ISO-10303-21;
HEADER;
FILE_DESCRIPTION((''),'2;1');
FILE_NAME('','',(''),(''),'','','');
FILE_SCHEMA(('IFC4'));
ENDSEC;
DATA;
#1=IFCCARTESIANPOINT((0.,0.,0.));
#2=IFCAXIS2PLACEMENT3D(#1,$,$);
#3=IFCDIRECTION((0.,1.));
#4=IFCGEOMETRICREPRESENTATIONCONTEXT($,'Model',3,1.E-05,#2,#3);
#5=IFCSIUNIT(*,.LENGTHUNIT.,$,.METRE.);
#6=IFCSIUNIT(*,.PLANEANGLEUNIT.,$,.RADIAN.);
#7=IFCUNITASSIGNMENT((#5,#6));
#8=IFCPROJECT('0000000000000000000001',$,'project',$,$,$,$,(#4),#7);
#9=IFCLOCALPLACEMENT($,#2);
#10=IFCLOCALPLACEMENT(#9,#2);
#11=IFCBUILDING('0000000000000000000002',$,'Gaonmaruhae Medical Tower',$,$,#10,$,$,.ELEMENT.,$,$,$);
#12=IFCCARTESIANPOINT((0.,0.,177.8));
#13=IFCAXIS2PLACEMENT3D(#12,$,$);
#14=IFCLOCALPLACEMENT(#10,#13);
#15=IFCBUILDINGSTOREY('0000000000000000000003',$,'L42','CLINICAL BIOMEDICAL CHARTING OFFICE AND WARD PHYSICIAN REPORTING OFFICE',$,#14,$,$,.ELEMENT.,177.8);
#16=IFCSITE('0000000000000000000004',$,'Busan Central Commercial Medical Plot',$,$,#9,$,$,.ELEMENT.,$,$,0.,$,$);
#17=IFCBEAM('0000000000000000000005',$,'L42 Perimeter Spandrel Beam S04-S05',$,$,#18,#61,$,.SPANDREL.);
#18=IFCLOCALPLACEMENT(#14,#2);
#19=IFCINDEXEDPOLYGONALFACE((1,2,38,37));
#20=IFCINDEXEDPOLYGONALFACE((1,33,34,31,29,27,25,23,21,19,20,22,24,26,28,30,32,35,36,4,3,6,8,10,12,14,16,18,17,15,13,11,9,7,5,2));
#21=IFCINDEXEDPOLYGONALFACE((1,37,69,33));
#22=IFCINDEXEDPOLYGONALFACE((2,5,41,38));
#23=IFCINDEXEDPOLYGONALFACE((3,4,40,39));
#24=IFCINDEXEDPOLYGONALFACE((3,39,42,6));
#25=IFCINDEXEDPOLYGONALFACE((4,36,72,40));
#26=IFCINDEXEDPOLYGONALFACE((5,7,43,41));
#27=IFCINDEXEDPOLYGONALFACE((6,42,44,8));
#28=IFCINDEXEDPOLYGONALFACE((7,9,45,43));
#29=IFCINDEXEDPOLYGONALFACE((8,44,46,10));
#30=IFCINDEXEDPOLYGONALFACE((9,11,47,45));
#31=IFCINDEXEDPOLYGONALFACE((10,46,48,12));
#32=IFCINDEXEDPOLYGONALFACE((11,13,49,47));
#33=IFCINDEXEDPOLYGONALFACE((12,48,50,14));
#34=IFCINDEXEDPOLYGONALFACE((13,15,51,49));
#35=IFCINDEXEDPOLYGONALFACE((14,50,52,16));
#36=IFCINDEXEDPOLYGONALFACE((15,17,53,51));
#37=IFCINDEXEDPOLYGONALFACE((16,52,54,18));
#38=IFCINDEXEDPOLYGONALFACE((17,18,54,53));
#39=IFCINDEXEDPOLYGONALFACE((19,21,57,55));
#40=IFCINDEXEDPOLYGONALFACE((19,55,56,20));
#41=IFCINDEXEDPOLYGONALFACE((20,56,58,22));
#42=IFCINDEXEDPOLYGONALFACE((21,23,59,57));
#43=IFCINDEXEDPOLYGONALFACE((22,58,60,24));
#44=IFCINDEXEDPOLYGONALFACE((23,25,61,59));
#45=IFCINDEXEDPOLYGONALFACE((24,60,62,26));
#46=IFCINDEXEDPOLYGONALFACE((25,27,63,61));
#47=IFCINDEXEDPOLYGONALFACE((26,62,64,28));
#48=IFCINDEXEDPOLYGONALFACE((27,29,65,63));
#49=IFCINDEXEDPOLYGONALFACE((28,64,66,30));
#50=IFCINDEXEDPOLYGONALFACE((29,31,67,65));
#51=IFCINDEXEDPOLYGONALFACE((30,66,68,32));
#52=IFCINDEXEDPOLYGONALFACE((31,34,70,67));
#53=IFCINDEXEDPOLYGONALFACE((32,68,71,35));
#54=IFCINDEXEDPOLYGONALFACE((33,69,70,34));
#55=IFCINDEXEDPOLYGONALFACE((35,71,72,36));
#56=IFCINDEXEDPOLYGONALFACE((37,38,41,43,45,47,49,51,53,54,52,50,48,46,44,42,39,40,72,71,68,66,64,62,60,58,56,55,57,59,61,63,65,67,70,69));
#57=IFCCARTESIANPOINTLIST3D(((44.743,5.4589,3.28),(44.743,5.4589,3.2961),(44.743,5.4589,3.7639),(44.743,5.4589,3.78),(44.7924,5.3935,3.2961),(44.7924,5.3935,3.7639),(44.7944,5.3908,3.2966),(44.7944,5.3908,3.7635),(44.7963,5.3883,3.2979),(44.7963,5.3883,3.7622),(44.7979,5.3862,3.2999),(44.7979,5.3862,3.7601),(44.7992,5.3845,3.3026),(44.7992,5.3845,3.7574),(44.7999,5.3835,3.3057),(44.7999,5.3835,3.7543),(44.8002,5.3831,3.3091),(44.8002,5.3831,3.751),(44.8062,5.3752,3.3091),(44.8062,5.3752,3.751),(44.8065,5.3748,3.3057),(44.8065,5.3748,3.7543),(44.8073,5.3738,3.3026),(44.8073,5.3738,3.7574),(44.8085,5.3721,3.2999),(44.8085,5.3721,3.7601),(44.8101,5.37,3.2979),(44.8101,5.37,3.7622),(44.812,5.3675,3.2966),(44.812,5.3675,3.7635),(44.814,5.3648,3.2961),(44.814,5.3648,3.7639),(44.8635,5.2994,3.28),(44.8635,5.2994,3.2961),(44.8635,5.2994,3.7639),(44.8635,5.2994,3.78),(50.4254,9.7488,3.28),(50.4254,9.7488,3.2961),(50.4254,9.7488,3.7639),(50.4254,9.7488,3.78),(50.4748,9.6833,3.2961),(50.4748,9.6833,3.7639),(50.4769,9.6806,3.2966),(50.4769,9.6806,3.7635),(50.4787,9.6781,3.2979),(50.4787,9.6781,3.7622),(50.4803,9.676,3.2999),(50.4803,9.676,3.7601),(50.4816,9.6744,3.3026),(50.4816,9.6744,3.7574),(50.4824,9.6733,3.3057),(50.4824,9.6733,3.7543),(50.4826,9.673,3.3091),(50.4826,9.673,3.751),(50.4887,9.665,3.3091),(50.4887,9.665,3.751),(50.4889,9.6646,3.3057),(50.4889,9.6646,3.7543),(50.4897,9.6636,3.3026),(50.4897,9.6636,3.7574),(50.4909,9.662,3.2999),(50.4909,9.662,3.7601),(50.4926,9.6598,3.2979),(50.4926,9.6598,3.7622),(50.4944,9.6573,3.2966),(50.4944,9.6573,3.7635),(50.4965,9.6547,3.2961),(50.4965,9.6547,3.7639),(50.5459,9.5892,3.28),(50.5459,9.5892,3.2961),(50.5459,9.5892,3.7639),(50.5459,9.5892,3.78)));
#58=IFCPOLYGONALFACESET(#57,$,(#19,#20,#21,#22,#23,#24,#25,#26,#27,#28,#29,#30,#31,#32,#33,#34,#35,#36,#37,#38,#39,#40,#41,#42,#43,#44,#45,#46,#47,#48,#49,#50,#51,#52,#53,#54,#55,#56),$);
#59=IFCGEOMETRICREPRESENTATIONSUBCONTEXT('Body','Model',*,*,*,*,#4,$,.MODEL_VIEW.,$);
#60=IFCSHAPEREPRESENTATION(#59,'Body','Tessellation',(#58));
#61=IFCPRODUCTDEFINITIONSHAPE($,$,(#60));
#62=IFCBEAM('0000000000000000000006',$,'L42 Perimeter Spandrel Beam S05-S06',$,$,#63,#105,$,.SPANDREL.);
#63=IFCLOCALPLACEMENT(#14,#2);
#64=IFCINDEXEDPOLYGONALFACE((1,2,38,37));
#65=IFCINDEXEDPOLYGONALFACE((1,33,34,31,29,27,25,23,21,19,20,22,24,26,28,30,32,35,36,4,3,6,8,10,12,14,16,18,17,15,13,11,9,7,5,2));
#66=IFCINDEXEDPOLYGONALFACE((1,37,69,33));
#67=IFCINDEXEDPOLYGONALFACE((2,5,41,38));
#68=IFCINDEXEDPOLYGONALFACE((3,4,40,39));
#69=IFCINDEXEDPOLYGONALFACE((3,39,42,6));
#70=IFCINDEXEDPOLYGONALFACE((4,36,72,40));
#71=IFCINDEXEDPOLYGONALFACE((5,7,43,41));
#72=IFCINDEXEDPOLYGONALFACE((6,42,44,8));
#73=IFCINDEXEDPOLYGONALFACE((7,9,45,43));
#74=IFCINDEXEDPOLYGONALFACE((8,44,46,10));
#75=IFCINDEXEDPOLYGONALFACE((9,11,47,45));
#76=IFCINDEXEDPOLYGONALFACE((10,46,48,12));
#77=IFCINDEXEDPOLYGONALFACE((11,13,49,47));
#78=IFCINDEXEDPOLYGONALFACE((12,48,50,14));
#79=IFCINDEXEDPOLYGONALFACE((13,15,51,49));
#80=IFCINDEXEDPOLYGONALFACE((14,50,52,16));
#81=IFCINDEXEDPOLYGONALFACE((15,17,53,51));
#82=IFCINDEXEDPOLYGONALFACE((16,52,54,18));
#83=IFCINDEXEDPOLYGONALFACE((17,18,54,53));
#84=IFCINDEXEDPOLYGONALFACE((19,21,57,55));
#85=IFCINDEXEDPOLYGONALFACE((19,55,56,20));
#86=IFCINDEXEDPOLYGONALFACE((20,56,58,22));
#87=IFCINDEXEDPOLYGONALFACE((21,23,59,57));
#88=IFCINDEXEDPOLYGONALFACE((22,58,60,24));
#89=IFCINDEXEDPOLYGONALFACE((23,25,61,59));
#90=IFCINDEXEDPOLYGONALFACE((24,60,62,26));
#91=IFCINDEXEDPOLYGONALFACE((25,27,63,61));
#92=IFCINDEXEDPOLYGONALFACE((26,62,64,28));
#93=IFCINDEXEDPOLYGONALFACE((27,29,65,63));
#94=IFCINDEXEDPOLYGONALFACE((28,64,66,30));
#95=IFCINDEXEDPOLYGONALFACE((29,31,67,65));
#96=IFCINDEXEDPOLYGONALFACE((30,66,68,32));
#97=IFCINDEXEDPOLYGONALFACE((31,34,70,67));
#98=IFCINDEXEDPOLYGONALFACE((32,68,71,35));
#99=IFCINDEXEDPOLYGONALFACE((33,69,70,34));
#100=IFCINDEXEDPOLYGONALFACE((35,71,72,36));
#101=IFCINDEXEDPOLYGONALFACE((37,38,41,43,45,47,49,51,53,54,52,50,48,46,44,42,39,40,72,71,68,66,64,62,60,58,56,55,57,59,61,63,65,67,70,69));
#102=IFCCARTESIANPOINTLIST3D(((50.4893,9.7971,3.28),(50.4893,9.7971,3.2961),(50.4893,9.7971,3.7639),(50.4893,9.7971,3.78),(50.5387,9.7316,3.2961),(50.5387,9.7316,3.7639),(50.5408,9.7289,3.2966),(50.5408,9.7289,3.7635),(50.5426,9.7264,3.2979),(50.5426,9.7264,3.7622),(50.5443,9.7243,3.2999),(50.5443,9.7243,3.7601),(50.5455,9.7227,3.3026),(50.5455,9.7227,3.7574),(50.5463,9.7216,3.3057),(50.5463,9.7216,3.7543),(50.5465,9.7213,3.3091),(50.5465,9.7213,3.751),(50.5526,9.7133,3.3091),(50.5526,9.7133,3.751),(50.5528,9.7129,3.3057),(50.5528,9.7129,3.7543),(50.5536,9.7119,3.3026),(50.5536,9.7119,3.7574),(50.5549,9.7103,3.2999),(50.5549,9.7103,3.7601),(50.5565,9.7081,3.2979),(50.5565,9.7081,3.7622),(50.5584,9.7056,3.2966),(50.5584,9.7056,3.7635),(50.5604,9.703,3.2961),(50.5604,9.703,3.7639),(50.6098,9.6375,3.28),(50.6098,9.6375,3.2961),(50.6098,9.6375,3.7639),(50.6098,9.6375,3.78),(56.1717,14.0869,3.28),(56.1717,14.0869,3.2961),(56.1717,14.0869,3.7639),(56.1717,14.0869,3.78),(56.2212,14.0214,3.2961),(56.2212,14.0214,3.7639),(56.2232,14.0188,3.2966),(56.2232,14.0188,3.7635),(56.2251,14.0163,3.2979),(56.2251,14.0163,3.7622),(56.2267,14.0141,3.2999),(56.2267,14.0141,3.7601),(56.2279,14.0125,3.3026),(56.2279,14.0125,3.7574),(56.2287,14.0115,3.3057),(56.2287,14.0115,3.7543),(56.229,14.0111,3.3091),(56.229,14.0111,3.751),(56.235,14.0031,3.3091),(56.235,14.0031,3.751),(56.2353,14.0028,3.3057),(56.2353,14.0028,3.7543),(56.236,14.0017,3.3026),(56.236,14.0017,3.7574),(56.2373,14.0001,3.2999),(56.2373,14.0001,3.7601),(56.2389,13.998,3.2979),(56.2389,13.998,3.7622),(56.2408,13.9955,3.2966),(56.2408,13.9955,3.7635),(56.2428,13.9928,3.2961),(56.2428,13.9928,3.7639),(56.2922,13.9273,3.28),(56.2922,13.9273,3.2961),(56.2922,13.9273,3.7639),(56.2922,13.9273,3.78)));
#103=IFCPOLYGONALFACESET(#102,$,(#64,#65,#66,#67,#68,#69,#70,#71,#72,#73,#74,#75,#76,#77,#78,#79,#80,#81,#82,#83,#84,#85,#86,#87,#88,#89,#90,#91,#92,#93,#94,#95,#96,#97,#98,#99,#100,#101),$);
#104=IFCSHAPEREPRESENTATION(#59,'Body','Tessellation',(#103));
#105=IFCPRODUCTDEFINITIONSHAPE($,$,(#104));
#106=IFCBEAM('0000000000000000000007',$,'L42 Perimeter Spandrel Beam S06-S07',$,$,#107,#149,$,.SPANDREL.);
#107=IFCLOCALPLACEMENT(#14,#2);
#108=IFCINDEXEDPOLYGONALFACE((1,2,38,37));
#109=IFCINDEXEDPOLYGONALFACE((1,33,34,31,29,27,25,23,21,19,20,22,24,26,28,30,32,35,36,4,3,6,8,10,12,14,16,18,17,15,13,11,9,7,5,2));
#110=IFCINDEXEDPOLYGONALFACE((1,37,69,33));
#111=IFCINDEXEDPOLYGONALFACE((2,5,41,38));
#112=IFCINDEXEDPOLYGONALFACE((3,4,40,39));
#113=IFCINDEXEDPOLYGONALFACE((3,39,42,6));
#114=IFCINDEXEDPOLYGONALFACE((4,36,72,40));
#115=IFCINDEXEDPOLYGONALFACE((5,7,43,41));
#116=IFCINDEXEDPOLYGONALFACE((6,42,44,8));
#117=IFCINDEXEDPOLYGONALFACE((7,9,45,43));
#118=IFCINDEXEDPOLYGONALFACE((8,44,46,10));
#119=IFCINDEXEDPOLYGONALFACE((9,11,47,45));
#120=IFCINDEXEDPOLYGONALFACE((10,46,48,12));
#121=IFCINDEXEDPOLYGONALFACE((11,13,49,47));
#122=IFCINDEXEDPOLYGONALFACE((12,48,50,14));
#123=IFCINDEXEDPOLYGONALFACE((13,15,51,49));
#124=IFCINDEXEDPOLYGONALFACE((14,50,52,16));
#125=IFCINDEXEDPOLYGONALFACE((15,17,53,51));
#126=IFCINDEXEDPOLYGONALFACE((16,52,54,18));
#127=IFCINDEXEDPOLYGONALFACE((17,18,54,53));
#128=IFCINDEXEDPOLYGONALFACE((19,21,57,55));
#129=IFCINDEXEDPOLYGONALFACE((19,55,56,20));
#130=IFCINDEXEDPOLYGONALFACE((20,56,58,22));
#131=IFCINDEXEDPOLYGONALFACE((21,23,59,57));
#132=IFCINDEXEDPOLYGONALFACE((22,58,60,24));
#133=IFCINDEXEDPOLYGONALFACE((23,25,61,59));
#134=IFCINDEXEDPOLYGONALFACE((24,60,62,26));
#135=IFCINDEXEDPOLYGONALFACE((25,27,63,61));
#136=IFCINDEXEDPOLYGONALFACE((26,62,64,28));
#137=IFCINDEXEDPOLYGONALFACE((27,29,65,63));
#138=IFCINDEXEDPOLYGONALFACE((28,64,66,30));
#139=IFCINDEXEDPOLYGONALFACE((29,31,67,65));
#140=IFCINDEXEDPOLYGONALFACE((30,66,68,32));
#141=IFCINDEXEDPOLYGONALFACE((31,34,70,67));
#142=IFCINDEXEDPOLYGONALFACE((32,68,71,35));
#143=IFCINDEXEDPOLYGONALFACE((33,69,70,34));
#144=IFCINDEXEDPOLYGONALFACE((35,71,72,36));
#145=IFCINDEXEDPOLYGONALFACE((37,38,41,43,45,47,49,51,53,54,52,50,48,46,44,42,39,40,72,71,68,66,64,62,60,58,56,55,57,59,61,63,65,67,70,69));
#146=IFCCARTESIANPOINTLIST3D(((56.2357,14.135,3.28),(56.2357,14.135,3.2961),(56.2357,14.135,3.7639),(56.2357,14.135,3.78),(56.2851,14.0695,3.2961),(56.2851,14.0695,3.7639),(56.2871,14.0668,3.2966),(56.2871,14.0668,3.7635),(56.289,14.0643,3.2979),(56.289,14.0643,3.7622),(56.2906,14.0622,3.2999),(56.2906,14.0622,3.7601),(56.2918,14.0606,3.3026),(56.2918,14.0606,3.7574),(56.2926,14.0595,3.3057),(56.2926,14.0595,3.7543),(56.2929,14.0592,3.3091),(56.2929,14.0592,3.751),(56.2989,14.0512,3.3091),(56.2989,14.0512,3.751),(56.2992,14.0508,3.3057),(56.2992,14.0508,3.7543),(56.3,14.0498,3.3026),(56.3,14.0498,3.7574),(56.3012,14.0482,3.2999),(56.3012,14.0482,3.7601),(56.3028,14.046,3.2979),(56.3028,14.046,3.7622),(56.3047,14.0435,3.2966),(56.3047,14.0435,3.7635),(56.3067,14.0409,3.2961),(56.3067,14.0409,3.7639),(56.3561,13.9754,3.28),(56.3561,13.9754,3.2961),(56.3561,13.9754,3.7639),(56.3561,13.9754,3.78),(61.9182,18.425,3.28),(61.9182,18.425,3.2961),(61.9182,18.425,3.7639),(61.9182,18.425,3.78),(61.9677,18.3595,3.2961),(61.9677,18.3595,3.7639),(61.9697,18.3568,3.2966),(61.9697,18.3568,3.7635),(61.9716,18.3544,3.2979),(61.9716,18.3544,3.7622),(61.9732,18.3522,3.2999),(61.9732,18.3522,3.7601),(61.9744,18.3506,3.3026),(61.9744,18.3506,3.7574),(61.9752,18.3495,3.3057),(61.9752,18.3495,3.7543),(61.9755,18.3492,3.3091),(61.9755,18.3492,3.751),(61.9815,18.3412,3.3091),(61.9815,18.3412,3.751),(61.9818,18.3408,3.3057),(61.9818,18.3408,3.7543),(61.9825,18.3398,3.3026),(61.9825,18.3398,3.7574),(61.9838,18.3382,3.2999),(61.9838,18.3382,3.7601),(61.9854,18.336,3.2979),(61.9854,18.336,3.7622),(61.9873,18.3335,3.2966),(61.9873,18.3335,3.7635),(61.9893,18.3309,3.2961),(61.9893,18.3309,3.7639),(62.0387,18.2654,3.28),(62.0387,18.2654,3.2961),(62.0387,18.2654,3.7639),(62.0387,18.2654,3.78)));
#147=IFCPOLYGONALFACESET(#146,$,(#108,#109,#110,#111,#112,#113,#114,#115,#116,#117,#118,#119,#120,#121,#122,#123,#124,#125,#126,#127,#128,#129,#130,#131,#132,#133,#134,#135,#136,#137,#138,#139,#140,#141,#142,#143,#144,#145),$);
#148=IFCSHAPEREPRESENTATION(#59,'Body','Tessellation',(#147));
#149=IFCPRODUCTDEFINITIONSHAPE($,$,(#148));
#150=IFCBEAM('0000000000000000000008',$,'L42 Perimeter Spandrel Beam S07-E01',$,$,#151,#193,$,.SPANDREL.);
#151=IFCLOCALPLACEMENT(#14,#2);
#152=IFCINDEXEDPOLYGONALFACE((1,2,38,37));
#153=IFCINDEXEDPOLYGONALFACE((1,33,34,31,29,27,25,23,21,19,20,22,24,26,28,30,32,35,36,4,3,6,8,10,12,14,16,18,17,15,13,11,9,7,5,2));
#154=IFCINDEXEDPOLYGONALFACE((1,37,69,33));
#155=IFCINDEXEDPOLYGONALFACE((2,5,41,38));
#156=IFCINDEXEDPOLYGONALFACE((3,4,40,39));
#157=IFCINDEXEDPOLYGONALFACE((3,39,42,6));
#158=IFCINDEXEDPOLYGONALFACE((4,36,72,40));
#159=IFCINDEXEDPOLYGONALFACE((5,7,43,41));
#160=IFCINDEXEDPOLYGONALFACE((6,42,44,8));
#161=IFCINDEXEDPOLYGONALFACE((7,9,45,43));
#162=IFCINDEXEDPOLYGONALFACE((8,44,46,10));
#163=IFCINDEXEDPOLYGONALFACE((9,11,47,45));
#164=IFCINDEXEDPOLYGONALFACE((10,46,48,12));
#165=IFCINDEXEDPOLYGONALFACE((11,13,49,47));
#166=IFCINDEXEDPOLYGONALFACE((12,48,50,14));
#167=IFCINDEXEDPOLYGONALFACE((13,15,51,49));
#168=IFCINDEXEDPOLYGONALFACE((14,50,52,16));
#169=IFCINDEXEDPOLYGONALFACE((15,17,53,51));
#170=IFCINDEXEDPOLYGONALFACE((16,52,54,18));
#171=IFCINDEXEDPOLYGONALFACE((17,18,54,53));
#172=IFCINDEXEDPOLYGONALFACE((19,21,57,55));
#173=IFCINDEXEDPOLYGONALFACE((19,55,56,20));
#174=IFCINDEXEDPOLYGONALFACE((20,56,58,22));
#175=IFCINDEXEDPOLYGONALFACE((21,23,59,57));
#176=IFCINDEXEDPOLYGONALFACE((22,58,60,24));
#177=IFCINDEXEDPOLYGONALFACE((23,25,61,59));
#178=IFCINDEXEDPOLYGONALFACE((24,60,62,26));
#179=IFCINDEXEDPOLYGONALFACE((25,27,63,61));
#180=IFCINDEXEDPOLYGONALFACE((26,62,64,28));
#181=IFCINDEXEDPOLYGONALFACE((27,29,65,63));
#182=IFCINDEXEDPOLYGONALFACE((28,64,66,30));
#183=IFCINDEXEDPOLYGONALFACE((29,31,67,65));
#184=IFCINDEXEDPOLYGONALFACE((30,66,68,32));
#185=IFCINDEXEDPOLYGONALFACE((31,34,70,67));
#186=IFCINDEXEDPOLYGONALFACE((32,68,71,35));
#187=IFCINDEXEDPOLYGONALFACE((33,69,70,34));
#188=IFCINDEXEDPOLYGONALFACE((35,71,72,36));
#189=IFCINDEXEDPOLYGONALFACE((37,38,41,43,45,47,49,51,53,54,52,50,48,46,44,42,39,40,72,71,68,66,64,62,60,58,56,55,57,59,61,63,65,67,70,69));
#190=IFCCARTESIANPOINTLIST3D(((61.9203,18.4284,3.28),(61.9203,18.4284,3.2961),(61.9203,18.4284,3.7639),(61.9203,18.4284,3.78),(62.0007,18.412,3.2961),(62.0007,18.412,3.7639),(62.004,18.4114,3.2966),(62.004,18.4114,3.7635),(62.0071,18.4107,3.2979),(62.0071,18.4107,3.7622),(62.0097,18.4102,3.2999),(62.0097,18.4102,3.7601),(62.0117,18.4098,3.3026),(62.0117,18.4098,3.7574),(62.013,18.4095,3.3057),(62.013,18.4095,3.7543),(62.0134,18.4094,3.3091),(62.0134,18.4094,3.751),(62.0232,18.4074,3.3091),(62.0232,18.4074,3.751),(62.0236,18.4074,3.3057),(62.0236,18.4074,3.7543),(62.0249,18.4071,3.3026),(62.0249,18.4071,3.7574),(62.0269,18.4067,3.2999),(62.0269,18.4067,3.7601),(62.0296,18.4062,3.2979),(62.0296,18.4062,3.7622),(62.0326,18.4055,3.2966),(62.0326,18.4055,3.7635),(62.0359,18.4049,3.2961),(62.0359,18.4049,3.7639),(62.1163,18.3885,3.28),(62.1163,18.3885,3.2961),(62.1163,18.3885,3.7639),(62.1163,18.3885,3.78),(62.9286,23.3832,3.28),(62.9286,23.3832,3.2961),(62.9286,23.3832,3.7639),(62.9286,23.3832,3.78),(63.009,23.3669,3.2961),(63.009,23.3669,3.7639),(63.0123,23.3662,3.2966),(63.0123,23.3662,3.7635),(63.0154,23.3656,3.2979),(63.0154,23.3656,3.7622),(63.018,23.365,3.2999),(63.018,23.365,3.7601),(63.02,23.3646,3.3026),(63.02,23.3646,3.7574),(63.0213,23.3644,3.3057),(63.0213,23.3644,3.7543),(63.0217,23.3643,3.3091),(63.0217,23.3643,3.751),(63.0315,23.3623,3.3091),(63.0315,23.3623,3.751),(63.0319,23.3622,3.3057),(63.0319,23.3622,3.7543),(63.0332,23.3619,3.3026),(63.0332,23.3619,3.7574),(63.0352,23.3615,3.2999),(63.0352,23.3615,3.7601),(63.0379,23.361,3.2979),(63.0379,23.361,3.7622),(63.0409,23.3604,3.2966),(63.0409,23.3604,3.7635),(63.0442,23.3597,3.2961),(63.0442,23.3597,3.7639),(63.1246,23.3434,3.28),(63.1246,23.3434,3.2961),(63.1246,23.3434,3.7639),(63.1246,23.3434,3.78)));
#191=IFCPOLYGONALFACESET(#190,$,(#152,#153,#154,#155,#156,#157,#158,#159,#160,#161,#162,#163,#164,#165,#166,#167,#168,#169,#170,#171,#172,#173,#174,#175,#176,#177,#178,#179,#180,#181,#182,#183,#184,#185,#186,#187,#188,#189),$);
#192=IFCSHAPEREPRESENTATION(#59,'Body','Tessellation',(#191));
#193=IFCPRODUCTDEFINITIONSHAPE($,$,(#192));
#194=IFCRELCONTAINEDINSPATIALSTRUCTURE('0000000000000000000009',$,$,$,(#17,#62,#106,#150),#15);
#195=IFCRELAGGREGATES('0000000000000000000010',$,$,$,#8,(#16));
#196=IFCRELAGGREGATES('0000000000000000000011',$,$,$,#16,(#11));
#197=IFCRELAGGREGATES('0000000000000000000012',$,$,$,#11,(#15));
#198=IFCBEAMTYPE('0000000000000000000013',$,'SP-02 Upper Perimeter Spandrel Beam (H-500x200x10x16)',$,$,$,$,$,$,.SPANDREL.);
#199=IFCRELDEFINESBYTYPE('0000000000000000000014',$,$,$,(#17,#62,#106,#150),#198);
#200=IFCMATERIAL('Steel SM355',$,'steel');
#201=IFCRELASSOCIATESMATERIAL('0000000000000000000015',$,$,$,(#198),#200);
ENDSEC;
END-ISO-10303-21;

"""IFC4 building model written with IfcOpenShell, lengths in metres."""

from ifc_helpers import new_model, si_unit, direction, frame, origin, origin_2d, place, context, subcontext, project, spatial, i_section, extrude, material, material_profile, profile_set, type_object, element, save


model = new_model("IFC4")

# Units and contexts
model_context = context("Model", 3, precision=1e-05, world=origin(), true_north=direction((0.0, 1.0)))
body_context = subcontext(model_context, "Body", "Model", "MODEL_VIEW")
ifc_project = project(units=[si_unit("LENGTHUNIT", "METRE"), si_unit("PLANEANGLEUNIT", "RADIAN")], contexts=[model_context])

# Site, building, storey
site_placement = place(None, origin())
site = spatial("IfcSite", under=ifc_project, at=site_placement, Name="Busan Central Commercial Medical Plot", CompositionType="ELEMENT", RefElevation=0.0)
building_placement = place(site_placement, origin())
building = spatial("IfcBuilding", under=site, at=building_placement, Name="Gaonmaruhae Medical Tower", CompositionType="ELEMENT")
storey_placement = place(building_placement, frame((0.0, 0.0, 177.8)))
storey = spatial("IfcBuildingStorey", under=building, at=storey_placement, Name="L42", Description="CLINICAL BIOMEDICAL CHARTING OFFICE AND WARD PHYSICIAN REPORTING OFFICE", CompositionType="ELEMENT", Elevation=177.8)

# Beams
ifc_material_1 = material(Name="Steel SM355", Category="steel")
ifc_material_profile_1 = material_profile(ifc_material_1, i_section(OverallWidth=0.2, OverallDepth=0.5, WebThickness=0.01, FlangeThickness=0.0161, FilletRadius=0.0129, at=origin_2d()), Name="H-500x200x10x16")
ifc_profile_set_1 = profile_set([ifc_material_profile_1], Name="Steel SM355")
beam_type_1 = type_object("IfcBeamType", Name="SP-02 Upper Perimeter Spandrel Beam (H-500x200x10x16)", PredefinedType="SPANDREL", material=ifc_profile_set_1)
for number, where, z_axis, x_axis, name in (
    (1, (44.8032, 5.3792, 3.53), (0.798107, 0.602515, 0.0), (-0.602515, 0.798107, 0.0), "L42 Perimeter Spandrel Beam S04-S05"),
    (2, (50.5496, 9.7173, 3.53), (0.798107, 0.602515, 0.0), (-0.602515, 0.798107, 0.0), "L42 Perimeter Spandrel Beam S05-S06"),
):
    element("IfcBeam", number, at=place(storey_placement, frame(where, z_axis=z_axis, x_axis=x_axis)), inside=storey, type_object=beam_type_1, Name=name, PredefinedType="SPANDREL", context=body_context, shape_type="SweptSolid", body=[
        extrude(i_section(OverallWidth=0.2, OverallDepth=0.5, WebThickness=0.01, FlangeThickness=0.0161, FilletRadius=0.0129, at=origin_2d()), origin(), (0.0, 0.0, 1.0), 7.1199),
    ])
beam_1_placement = place(storey_placement, frame((56.2959, 14.0552, 3.53), z_axis=(0.798103, 0.602521, 0.0), x_axis=(-0.602521, 0.798103, 0.0)))
element("IfcBeam", 3, at=beam_1_placement, inside=storey, type_object=beam_type_1, Name="L42 Perimeter Spandrel Beam S06-S07", PredefinedType="SPANDREL", context=body_context, shape_type="SweptSolid", body=[
    extrude(i_section(OverallWidth=0.2, OverallDepth=0.5, WebThickness=0.01, FlangeThickness=0.0161, FilletRadius=0.0129, at=origin_2d()), origin(), (0.0, 0.0, 1.0), 7.1201),
])
beam_2_placement = place(storey_placement, frame((62.0183, 18.4084, 3.53), z_axis=(0.199411, 0.979916, 0.0), x_axis=(-0.979916, 0.199411, 0.0)))
element("IfcBeam", 4, at=beam_2_placement, inside=storey, type_object=beam_type_1, Name="L42 Perimeter Spandrel Beam S07-E01", PredefinedType="SPANDREL", context=body_context, shape_type="SweptSolid", body=[
    extrude(i_section(OverallWidth=0.2, OverallDepth=0.5, WebThickness=0.01, FlangeThickness=0.0161, FilletRadius=0.0129, at=origin_2d()), origin(), (0.0, 0.0, 1.0), 5.0564),
])

save(model, "model.ifc")
